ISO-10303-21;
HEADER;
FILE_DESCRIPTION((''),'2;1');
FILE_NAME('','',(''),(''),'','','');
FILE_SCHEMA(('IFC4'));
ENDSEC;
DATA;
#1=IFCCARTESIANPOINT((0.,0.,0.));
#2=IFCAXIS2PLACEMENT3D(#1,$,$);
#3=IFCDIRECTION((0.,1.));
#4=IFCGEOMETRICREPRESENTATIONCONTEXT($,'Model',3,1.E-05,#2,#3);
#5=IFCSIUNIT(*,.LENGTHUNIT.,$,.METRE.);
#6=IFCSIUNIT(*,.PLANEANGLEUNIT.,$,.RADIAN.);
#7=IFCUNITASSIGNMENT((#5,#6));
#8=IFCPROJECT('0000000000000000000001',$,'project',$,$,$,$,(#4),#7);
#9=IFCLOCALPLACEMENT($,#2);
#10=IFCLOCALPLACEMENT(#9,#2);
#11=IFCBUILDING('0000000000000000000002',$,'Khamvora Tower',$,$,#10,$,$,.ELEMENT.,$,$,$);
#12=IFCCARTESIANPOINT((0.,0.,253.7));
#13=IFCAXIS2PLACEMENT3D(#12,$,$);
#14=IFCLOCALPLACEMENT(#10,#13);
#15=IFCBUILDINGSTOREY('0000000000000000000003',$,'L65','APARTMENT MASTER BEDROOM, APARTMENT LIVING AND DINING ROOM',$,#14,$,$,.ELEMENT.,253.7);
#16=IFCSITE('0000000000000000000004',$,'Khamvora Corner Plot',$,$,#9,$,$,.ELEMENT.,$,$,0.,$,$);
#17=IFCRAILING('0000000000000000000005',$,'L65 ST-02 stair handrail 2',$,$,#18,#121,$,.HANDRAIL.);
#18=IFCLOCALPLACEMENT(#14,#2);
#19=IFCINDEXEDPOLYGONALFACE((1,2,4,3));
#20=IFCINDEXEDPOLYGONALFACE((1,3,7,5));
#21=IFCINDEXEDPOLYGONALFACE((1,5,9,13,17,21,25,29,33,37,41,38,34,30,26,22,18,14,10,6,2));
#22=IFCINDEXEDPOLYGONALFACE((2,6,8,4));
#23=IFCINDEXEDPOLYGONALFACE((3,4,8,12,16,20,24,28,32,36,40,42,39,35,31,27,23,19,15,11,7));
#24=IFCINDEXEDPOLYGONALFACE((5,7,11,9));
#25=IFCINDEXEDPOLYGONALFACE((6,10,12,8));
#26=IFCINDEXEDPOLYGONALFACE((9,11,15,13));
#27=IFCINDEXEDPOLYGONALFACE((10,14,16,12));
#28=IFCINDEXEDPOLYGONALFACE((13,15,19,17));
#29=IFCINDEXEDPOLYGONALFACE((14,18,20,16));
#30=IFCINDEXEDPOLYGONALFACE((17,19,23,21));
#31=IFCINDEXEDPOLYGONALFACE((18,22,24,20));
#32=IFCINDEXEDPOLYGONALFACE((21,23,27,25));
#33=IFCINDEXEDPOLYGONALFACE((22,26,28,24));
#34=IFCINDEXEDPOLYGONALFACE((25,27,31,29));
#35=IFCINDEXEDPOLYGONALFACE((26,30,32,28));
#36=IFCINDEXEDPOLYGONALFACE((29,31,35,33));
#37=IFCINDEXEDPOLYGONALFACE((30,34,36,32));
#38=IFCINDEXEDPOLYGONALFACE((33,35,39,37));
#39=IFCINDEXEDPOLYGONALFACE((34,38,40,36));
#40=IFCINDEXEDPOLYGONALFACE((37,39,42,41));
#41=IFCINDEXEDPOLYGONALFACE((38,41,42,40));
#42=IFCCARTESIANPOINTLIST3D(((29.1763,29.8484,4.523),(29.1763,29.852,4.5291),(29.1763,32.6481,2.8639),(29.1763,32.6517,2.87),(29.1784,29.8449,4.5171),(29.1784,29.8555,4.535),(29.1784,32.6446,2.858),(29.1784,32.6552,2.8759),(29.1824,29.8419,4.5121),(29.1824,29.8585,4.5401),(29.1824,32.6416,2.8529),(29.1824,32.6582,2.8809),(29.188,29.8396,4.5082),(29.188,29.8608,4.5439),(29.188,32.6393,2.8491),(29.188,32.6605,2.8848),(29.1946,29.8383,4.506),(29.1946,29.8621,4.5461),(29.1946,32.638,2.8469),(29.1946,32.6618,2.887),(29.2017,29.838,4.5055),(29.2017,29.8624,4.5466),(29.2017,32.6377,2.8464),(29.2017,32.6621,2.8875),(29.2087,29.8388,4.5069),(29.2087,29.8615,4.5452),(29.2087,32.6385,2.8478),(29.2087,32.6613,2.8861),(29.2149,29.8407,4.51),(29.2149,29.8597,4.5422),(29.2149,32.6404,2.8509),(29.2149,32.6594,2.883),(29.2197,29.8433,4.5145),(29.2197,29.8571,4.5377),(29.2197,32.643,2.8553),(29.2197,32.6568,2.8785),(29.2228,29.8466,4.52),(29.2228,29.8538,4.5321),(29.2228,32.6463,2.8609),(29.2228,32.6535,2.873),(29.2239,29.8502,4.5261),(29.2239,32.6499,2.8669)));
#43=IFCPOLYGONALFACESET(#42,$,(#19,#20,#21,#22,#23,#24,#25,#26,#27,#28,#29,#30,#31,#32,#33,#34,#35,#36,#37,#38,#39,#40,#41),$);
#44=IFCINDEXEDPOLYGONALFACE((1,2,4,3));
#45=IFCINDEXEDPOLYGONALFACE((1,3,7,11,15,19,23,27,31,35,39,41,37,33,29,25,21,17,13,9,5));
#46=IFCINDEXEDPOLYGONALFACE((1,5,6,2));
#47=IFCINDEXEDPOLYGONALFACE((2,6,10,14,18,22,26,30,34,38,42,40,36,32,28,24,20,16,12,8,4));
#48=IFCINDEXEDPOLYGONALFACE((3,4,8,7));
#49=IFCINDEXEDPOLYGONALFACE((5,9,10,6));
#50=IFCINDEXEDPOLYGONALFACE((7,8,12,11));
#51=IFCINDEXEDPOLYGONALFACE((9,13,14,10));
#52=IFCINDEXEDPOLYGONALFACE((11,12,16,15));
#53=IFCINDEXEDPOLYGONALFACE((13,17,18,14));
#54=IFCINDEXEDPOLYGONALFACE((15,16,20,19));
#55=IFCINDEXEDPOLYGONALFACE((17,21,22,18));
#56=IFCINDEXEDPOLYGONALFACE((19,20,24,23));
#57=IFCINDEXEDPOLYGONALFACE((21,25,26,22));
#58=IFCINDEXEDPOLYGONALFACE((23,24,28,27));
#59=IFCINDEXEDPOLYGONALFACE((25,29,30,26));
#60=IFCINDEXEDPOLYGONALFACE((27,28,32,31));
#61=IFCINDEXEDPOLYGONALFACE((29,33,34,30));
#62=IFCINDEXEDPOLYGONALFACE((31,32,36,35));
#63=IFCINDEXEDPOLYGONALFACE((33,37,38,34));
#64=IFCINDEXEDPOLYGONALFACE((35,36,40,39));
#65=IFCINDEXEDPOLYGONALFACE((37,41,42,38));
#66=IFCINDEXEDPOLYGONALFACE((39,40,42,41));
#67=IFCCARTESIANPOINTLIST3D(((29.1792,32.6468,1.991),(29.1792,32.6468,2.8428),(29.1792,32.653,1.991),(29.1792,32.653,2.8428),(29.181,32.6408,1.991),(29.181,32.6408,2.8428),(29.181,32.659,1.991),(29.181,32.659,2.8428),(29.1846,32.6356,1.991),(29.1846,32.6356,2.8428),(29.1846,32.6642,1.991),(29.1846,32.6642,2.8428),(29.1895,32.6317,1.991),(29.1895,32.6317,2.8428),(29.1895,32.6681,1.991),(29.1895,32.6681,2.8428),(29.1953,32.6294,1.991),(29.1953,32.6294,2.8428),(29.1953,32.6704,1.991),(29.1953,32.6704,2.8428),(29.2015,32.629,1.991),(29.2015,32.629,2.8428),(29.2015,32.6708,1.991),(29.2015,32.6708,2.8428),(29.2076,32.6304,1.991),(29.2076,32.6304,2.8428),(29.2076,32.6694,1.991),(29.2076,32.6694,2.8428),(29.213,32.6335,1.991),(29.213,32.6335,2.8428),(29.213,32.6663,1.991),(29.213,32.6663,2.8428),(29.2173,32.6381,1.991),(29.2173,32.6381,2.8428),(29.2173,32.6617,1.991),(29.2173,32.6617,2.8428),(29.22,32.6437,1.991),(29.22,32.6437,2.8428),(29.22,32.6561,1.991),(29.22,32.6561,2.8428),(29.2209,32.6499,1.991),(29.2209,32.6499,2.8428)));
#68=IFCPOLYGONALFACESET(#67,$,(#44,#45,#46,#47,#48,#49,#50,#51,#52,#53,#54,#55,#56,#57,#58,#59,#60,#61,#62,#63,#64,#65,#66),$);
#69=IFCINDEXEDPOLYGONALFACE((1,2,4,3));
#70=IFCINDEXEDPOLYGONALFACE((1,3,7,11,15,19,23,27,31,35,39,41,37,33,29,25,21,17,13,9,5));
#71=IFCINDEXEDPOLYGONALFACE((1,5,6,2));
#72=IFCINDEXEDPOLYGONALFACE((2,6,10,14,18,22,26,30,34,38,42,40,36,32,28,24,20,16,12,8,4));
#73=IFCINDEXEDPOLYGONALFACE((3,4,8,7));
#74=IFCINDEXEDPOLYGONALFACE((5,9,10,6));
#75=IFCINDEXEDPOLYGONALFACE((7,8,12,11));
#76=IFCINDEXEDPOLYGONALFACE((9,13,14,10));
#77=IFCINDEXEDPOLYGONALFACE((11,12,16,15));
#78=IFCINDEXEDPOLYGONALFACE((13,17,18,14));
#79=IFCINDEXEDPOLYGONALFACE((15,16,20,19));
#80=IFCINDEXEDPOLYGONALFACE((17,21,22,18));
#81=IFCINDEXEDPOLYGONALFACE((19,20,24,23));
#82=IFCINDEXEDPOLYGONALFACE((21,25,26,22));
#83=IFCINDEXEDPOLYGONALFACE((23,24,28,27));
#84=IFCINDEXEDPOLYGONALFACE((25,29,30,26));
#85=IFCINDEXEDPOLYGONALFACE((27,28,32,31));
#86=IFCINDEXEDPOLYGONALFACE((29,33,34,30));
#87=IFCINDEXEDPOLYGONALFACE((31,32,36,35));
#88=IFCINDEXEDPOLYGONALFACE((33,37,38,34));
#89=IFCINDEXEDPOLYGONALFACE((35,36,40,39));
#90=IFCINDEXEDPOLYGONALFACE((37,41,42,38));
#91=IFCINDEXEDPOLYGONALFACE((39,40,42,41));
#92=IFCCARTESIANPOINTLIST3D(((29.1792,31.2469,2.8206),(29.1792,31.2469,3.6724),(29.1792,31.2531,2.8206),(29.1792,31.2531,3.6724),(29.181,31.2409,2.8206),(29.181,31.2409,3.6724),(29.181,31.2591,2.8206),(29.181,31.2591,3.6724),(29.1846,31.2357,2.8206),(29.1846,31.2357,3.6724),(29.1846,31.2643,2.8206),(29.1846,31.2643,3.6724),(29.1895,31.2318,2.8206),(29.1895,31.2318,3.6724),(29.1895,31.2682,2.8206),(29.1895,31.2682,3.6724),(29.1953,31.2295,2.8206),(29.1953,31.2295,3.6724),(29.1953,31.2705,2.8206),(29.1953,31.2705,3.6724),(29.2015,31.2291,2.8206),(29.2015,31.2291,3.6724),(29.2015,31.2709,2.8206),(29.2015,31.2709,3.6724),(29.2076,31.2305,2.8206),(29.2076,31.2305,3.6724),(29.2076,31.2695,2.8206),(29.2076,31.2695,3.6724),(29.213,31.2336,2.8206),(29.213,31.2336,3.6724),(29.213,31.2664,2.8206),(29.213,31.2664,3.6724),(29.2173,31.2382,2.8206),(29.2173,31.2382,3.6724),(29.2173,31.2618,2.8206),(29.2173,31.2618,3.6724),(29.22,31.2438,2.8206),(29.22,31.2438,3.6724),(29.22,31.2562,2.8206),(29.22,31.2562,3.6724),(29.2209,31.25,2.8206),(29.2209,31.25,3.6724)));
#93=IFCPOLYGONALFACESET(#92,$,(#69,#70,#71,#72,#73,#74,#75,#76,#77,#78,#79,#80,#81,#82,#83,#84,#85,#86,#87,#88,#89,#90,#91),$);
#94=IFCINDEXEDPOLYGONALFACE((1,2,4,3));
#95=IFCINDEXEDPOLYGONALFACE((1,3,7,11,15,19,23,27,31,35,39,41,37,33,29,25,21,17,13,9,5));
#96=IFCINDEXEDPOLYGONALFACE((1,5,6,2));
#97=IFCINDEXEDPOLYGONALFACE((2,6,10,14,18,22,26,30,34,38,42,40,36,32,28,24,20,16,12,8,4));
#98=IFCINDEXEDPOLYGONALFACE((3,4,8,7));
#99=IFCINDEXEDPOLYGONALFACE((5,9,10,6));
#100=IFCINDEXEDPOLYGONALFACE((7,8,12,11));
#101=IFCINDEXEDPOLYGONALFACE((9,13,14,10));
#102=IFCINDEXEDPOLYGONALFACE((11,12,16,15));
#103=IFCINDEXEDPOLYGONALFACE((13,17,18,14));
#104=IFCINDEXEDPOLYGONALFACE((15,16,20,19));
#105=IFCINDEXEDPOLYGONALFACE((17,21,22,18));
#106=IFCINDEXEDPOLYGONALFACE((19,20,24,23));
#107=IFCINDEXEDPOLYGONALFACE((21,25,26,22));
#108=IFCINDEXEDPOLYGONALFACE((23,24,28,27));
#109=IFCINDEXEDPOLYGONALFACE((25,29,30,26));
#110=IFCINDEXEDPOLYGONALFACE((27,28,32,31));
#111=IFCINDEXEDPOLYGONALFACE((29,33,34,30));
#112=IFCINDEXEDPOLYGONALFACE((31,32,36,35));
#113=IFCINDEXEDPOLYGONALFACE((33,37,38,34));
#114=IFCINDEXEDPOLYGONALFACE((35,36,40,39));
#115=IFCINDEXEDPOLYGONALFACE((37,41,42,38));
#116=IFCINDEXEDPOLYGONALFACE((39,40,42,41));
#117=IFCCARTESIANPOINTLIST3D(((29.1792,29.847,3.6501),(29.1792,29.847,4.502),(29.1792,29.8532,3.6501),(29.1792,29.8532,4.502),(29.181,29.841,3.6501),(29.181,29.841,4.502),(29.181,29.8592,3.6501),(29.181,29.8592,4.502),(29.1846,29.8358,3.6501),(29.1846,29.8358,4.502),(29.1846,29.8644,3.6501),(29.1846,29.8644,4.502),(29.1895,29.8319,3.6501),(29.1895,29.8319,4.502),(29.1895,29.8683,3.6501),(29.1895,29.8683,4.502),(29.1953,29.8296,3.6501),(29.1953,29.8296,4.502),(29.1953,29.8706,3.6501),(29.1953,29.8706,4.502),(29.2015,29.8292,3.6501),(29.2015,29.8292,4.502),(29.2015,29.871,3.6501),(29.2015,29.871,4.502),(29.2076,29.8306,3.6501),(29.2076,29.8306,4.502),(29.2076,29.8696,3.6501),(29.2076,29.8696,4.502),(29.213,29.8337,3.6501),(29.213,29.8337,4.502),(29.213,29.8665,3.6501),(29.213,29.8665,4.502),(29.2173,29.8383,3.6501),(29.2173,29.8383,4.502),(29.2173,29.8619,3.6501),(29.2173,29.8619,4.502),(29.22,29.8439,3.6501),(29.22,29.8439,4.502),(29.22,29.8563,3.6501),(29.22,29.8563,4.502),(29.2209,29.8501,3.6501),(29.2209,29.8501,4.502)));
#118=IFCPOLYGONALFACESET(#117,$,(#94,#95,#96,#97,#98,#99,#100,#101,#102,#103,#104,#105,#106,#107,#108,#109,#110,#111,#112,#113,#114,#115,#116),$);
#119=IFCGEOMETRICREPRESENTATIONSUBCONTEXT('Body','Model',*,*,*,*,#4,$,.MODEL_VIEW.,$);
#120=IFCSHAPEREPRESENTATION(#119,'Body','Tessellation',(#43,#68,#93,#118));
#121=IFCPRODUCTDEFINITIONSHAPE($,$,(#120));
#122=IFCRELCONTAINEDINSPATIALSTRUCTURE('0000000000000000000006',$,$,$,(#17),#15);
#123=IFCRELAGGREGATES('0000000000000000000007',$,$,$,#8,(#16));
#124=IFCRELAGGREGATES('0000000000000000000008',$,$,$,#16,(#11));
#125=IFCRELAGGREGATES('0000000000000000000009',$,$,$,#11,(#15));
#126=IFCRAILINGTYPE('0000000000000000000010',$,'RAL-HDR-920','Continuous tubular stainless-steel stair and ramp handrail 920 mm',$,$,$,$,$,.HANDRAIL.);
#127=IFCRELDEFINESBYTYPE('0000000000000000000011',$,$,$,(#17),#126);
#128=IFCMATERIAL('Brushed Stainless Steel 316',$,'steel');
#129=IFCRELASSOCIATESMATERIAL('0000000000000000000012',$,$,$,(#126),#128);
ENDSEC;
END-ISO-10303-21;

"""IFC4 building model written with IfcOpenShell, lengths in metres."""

from ifc_helpers import new_model, si_unit, direction, frame, origin, origin_2d, place, context, subcontext, project, spatial, circle, extrude, material, type_object, element, save


model = new_model("IFC4")

# Units and contexts
model_context = context("Model", 3, precision=1e-05, world=origin(), true_north=direction((0.0, 1.0)))
body_context = subcontext(model_context, "Body", "Model", "MODEL_VIEW")
ifc_project = project(units=[si_unit("LENGTHUNIT", "METRE"), si_unit("PLANEANGLEUNIT", "RADIAN")], contexts=[model_context])

# Site, building, storey
site_placement = place(None, origin())
site = spatial("IfcSite", under=ifc_project, at=site_placement, Name="Khamvora Corner Plot", CompositionType="ELEMENT", RefElevation=0.0)
building_placement = place(site_placement, origin())
building = spatial("IfcBuilding", under=site, at=building_placement, Name="Khamvora Tower", CompositionType="ELEMENT")
storey_placement = place(building_placement, frame((0.0, 0.0, 253.7)))
storey = spatial("IfcBuildingStorey", under=building, at=storey_placement, Name="L65", Description="APARTMENT MASTER BEDROOM, APARTMENT LIVING AND DINING ROOM", CompositionType="ELEMENT", Elevation=253.7)

# Railing
ifc_material_1 = material(Name="Brushed Stainless Steel 316", Category="steel")
railing_type_1 = type_object("IfcRailingType", Name="RAL-HDR-920", Description="Continuous tubular stainless-steel stair and ramp handrail 920 mm", PredefinedType="HANDRAIL", material=ifc_material_1)
railing_1_placement = place(storey_placement, frame((29.2, 32.6499, 1.991)))
element("IfcRailing", 1, at=railing_1_placement, inside=storey, type_object=railing_type_1, Name="L65 ST-02 stair handrail 2", PredefinedType="HANDRAIL", context=body_context, shape_type="SweptSolid", body=[
    extrude(circle(Radius=0.0239, at=origin_2d()), frame((0.0, 0.0, 0.876), z_axis=(0.0, -0.860287, 0.509811), x_axis=(1.0, 0.0, 0.0)), (0.0, 0.0, 1.0), 3.2544),
    extrude(circle(Radius=0.021, at=origin_2d()), origin(), (0.0, 0.0, 1.0), 0.8518),
    extrude(circle(Radius=0.021, at=origin_2d()), frame((0.0, -1.3999, 0.8296)), (0.0, 0.0, 1.0), 0.8518),
    extrude(circle(Radius=0.021, at=origin_2d()), frame((0.0, -2.7998, 1.6592)), (0.0, 0.0, 1.0), 0.8518),
])

save(model, "model.ifc")
